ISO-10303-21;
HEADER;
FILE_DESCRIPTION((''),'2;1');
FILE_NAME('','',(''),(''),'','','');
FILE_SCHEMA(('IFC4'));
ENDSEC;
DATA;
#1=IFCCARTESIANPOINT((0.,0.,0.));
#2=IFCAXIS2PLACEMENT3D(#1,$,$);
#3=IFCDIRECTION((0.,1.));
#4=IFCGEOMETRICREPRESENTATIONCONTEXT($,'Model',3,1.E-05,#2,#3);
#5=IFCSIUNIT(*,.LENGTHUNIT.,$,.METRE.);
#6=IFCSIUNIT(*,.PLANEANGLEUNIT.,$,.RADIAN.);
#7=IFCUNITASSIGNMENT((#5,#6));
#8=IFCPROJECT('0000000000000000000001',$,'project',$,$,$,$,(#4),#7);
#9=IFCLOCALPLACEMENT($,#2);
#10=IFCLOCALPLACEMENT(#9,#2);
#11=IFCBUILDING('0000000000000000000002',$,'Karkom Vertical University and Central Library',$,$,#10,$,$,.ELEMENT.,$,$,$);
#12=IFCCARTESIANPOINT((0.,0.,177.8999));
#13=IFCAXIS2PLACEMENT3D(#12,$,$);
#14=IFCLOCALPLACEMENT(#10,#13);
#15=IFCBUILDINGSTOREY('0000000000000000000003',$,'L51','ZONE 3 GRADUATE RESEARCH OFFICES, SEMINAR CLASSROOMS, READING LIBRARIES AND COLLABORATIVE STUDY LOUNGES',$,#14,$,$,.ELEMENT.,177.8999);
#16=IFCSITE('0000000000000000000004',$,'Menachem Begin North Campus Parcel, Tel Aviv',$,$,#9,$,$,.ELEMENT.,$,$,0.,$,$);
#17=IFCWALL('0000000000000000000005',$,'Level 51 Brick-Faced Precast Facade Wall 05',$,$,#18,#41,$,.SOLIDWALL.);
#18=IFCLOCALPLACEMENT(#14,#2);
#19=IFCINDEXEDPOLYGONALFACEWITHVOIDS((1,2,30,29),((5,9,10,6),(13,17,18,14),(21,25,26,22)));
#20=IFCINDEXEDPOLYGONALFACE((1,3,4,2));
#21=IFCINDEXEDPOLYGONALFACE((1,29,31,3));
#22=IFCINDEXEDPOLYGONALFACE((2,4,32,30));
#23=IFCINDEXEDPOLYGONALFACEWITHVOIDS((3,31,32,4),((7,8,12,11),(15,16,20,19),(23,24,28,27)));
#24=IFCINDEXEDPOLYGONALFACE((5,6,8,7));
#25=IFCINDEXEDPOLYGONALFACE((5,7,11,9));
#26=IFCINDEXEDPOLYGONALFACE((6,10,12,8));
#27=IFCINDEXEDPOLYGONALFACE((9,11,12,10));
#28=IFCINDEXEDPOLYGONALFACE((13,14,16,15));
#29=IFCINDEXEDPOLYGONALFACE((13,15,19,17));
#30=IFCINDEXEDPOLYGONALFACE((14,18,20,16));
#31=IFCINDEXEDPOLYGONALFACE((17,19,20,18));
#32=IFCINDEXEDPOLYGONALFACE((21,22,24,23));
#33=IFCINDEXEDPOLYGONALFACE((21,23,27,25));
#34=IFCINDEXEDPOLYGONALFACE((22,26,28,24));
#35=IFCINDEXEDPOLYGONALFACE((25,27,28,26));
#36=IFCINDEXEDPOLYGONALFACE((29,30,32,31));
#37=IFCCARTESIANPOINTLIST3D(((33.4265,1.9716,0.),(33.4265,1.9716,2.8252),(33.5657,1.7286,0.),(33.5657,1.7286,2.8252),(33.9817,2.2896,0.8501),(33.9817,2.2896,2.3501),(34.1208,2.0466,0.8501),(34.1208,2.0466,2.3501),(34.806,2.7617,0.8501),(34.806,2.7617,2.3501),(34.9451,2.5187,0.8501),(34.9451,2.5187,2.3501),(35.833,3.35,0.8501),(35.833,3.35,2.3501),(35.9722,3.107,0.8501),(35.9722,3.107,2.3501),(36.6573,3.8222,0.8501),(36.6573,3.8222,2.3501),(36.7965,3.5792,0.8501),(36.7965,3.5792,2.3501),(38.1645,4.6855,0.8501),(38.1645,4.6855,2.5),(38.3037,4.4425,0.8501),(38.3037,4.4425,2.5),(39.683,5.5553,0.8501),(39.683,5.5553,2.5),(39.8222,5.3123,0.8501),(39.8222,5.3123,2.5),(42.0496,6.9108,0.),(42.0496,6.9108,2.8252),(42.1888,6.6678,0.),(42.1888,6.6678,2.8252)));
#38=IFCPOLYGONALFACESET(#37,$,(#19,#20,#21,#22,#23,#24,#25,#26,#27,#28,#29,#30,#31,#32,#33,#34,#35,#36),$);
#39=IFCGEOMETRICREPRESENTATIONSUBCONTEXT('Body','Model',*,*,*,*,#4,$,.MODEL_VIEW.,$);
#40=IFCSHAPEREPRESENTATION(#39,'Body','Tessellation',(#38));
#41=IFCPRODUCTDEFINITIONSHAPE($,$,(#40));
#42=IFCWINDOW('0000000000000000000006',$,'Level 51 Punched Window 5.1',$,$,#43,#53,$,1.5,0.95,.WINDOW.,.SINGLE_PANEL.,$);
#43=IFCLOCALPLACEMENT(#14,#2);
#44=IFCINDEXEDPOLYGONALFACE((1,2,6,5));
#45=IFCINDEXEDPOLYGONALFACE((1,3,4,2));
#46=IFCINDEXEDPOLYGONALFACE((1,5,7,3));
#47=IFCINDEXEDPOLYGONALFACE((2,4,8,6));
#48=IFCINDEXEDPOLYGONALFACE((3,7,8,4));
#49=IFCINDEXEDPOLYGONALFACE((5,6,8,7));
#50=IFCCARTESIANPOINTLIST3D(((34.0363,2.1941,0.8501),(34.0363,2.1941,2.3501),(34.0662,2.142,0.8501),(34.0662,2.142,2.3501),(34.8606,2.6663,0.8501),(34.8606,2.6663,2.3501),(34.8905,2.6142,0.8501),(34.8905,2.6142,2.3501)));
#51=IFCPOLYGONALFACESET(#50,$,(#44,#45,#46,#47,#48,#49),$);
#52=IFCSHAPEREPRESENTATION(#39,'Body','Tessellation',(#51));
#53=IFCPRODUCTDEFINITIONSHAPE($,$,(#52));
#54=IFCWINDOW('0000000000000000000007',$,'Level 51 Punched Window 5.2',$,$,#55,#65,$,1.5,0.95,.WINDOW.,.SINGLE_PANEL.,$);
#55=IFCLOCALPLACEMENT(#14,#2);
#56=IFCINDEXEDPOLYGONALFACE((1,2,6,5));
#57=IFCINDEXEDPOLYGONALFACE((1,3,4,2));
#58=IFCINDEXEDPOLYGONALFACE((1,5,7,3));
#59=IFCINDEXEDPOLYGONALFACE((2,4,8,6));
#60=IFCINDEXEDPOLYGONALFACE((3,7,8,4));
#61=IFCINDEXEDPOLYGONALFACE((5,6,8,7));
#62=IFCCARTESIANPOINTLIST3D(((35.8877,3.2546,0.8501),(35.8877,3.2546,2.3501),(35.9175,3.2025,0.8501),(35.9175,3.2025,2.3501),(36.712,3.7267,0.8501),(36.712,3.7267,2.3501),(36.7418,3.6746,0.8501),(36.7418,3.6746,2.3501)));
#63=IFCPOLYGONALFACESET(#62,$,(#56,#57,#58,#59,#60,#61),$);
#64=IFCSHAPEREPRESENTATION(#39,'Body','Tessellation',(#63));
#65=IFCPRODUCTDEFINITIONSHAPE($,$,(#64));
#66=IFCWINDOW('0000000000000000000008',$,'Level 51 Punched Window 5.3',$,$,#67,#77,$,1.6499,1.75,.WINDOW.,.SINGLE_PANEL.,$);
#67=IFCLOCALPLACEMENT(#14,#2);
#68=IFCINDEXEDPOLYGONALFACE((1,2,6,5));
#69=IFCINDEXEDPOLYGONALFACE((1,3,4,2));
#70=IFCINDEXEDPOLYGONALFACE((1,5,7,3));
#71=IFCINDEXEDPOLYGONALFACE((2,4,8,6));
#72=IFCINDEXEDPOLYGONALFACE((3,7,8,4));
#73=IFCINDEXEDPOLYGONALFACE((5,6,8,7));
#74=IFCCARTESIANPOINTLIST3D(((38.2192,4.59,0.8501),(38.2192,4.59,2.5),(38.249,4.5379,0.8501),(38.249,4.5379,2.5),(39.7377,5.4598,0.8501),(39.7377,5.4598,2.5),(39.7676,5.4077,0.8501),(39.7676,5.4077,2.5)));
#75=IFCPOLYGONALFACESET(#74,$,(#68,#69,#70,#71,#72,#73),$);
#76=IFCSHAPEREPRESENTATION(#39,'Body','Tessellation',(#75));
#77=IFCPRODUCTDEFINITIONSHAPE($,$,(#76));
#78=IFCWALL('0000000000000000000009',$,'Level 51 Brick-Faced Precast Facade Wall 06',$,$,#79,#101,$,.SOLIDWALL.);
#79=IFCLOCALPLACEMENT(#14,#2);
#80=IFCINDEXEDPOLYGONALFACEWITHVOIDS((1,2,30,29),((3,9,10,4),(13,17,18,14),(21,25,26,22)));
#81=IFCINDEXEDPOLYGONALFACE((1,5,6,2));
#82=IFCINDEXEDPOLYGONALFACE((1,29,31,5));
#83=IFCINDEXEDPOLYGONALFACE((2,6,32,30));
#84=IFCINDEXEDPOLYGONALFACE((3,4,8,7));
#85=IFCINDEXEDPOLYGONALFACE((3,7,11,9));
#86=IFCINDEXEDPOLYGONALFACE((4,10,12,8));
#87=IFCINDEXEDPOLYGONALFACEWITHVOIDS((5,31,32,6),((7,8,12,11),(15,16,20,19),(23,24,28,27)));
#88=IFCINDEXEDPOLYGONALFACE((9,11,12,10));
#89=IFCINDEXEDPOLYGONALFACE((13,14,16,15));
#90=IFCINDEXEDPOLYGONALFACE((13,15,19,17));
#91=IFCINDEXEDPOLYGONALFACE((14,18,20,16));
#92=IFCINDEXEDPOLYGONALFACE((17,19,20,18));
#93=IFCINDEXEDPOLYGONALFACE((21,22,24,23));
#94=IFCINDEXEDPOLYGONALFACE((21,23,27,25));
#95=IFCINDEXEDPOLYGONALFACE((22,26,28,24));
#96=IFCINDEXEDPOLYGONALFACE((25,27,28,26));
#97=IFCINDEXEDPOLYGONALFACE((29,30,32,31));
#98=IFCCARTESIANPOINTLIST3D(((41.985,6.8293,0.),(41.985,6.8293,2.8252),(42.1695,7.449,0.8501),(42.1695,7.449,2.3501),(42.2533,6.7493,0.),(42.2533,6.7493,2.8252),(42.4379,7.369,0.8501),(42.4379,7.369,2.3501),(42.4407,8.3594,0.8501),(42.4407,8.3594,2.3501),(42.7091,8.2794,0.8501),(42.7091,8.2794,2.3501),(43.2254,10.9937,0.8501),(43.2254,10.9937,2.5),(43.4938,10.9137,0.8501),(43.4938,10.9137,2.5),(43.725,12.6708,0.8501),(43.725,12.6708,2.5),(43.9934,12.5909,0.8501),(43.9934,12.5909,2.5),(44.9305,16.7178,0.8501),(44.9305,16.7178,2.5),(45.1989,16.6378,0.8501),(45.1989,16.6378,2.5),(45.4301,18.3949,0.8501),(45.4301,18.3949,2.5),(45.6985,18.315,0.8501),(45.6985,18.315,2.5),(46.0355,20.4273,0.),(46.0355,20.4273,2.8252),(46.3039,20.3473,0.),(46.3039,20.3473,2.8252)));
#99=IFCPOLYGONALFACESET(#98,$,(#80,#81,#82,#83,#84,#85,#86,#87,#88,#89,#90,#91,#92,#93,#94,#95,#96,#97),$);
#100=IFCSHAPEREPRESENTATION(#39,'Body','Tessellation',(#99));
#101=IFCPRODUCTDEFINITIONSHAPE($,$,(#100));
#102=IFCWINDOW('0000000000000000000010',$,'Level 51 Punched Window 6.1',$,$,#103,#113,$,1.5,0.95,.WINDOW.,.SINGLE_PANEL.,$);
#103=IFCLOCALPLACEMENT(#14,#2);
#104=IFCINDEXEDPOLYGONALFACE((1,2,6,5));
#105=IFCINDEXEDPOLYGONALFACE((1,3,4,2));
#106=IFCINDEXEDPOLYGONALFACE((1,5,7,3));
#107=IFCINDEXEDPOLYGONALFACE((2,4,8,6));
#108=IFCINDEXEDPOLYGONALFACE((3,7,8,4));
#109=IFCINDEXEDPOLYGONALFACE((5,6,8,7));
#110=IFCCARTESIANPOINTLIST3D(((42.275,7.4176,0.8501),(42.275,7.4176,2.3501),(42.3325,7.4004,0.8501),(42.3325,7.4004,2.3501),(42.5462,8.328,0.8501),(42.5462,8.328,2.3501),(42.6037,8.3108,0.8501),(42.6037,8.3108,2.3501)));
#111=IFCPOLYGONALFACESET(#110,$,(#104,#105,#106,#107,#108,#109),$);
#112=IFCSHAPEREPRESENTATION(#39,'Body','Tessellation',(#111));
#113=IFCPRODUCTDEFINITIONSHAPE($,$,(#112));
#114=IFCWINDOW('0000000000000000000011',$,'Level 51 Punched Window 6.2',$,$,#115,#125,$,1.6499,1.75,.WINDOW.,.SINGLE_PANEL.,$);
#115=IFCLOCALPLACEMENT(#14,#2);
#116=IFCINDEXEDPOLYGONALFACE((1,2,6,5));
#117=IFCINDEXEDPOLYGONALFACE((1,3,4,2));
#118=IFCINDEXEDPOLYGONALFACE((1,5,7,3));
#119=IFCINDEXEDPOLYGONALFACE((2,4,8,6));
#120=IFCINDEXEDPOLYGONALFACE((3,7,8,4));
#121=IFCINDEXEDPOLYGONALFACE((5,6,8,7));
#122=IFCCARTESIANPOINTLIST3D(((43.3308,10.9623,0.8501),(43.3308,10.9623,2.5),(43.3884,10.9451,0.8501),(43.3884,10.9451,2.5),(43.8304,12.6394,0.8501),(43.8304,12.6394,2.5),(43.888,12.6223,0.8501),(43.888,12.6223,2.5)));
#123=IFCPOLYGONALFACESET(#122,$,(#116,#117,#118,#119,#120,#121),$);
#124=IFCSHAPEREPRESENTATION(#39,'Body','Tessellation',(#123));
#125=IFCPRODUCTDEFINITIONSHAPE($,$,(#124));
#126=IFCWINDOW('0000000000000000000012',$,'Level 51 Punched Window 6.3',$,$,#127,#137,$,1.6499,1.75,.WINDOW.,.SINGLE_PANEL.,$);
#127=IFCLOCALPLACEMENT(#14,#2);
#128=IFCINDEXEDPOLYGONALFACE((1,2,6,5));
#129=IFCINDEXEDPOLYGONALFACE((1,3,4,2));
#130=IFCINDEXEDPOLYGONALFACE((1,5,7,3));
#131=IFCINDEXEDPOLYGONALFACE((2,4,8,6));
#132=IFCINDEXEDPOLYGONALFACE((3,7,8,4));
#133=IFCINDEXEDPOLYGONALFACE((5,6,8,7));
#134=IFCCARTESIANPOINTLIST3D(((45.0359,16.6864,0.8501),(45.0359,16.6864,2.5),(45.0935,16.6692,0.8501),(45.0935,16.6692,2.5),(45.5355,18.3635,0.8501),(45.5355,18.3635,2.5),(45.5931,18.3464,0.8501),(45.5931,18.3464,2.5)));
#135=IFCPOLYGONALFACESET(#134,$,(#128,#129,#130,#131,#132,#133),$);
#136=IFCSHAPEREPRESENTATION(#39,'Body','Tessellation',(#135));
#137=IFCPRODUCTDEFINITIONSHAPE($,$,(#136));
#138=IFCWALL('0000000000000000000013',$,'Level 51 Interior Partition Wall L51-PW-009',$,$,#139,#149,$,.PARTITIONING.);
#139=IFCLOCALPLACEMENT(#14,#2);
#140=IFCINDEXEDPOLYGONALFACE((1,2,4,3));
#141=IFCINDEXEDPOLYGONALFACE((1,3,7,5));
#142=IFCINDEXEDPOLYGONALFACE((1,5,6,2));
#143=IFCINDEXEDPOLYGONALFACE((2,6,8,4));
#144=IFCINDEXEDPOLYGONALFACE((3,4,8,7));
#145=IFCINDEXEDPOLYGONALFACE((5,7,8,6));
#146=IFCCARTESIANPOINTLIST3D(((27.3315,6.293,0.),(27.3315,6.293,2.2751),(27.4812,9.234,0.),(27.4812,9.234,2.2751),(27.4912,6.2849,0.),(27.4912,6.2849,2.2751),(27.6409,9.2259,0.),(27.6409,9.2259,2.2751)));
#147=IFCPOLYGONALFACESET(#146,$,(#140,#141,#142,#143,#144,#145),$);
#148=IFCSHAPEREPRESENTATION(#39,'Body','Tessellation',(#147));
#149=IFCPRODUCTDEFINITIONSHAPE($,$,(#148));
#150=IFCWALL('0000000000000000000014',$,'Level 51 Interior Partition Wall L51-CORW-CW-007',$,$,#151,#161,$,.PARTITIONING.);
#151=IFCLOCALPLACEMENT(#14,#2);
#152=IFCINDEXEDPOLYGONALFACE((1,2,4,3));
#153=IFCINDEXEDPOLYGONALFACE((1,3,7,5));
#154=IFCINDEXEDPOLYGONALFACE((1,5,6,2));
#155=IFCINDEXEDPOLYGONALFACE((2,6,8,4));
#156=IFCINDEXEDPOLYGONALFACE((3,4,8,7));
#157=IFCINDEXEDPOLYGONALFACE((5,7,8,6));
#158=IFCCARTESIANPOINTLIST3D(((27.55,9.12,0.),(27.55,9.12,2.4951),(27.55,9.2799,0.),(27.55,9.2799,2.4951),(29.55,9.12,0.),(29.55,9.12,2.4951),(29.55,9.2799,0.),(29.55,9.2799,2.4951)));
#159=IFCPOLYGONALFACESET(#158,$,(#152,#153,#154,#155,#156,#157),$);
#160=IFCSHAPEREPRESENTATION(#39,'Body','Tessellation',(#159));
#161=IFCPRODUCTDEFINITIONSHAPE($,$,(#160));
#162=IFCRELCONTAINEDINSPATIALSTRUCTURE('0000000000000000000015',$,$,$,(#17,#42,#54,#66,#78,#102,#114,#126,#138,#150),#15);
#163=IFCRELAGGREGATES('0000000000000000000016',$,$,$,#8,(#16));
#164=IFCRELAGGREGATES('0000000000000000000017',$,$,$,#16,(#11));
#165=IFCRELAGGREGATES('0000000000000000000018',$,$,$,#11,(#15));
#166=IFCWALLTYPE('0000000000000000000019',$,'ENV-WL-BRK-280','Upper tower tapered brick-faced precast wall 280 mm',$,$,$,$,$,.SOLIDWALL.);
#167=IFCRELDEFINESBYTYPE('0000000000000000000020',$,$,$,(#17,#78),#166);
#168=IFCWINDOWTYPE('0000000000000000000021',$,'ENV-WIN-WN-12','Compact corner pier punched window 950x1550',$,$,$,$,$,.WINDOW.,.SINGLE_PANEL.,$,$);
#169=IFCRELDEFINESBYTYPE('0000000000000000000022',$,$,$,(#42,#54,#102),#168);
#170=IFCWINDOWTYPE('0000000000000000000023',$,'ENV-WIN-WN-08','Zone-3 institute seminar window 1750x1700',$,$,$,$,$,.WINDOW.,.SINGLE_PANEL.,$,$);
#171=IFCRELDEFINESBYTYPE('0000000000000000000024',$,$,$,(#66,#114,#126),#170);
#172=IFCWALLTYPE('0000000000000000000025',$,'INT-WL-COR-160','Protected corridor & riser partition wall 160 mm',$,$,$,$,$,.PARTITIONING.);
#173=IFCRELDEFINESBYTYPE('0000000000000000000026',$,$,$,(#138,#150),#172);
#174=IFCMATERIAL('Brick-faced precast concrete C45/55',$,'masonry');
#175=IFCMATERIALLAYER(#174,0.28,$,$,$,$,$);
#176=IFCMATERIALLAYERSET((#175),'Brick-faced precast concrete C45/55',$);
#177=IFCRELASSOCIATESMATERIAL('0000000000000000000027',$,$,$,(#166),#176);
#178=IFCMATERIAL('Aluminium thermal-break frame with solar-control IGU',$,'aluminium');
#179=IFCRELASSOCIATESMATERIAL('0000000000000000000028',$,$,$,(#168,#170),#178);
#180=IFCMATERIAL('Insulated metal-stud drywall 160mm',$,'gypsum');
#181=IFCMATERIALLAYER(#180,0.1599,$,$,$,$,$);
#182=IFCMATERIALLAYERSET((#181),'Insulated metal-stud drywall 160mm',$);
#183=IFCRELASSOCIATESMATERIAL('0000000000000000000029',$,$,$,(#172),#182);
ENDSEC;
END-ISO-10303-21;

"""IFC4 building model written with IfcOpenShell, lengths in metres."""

from ifc_helpers import new_model, si_unit, direction, frame, frame_2d, origin, origin_with_axes, place, context, subcontext, project, spatial, rectangle, extrude, source, transform, mapped, material, layer, layer_set, type_object, element, fill, save


model = new_model("IFC4")

# Units and contexts
model_context = context("Model", 3, precision=1e-05, world=origin(), true_north=direction((0.0, 1.0)))
body_context = subcontext(model_context, "Body", "Model", "MODEL_VIEW")
ifc_project = project(units=[si_unit("LENGTHUNIT", "METRE"), si_unit("PLANEANGLEUNIT", "RADIAN")], contexts=[model_context])

# Site, building, storey
site_placement = place(None, origin())
site = spatial("IfcSite", under=ifc_project, at=site_placement, Name="Menachem Begin North Campus Parcel, Tel Aviv", CompositionType="ELEMENT", RefElevation=0.0)
building_placement = place(site_placement, origin())
building = spatial("IfcBuilding", under=site, at=building_placement, Name="Karkom Vertical University and Central Library", CompositionType="ELEMENT")
storey_placement = place(building_placement, frame((0.0, 0.0, 177.8999)))
storey = spatial("IfcBuildingStorey", under=building, at=storey_placement, Name="L51", Description="ZONE 3 GRADUATE RESEARCH OFFICES, SEMINAR CLASSROOMS, READING LIBRARIES AND COLLABORATIVE STUDY LOUNGES", CompositionType="ELEMENT", Elevation=177.8999)

# Walls, openings, windows
ifc_material_1 = material(Name="Brick-faced precast concrete C45/55", Category="masonry")
ifc_layer_1 = layer(ifc_material_1, 0.28)
ifc_layer_set_1 = layer_set([ifc_layer_1], Name="Brick-faced precast concrete C45/55")
wall_type_1 = type_object("IfcWallType", Name="ENV-WL-BRK-280", Description="Upper tower tapered brick-faced precast wall 280 mm", PredefinedType="SOLIDWALL", material=ifc_layer_set_1)
wall_1_placement = place(storey_placement, frame((33.4961, 1.8501, 0.0), z_axis=(0.0, 0.0, 1.0), x_axis=(0.867733, 0.49703, 0.0)))
wall_1 = element("IfcWall", 1, at=wall_1_placement, inside=storey, type_object=wall_type_1, Name="Level 51 Brick-Faced Precast Facade Wall 05", PredefinedType="SOLIDWALL", context=body_context, shape_type="SweptSolid", body=[
    extrude(rectangle(XDim=9.9375, YDim=0.28, at=frame_2d((4.9688, 0.0))), origin(), (0.0, 0.0, 1.0), 2.8252),
])
opening_1_placement = place(wall_1_placement, frame((0.6396, 0.0, 0.8501)))
opening_1 = element("IfcOpeningElement", 2, at=opening_1_placement, cuts=wall_1, PredefinedType="OPENING", context=body_context, shape_type="SweptSolid", body=[
    extrude(rectangle(XDim=0.95, YDim=1.5, at=frame_2d((0.4751, 0.75))), frame((0.0, 0.1499, 0.0), z_axis=(0.0, -1.0, 0.0), x_axis=(1.0, 0.0, 0.0)), (0.0, 0.0, 1.0), 0.3),
])
opening_2_placement = place(wall_1_placement, frame((2.7732, 0.0, 0.8501)))
opening_2 = element("IfcOpeningElement", 3, at=opening_2_placement, cuts=wall_1, PredefinedType="OPENING", context=body_context, shape_type="SweptSolid", body=[
    extrude(rectangle(XDim=0.95, YDim=1.5, at=frame_2d((0.4751, 0.75))), frame((0.0, 0.1499, 0.0), z_axis=(0.0, -1.0, 0.0), x_axis=(1.0, 0.0, 0.0)), (0.0, 0.0, 1.0), 0.3),
])
opening_3_placement = place(wall_1_placement, frame((5.4602, 0.0, 0.8501)))
opening_3 = element("IfcOpeningElement", 4, at=opening_3_placement, cuts=wall_1, PredefinedType="OPENING", context=body_context, shape_type="SweptSolid", body=[
    extrude(rectangle(XDim=1.75, YDim=1.6499, at=frame_2d((0.875, 0.825))), frame((0.0, 0.1499, 0.0), z_axis=(0.0, -1.0, 0.0), x_axis=(1.0, 0.0, 0.0)), (0.0, 0.0, 1.0), 0.3),
])
ifc_material_2 = material(Name="Aluminium thermal-break frame with solar-control IGU", Category="aluminium")
window_type_1 = type_object("IfcWindowType", Name="ENV-WIN-WN-12", Description="Compact corner pier punched window 950x1550", PartitioningType="SINGLE_PANEL", PredefinedType="WINDOW", material=ifc_material_2)
shared_shape_1 = source(origin_with_axes(), body_context, "Body", "SweptSolid", [
    extrude(rectangle(XDim=0.95, YDim=1.5, at=frame_2d((0.4751, 0.75))), frame((0.0, 0.03, 0.0), z_axis=(0.0, -1.0, 0.0), x_axis=(1.0, 0.0, 0.0)), (0.0, 0.0, 1.0), 0.0601),
])
window_1_placement = place(opening_1_placement, origin())
window_1 = element("IfcWindow", 5, at=window_1_placement, inside=storey, type_object=window_type_1, Name="Level 51 Punched Window 5.1", OverallHeight=1.5, OverallWidth=0.95, PartitioningType="SINGLE_PANEL", PredefinedType="WINDOW", context=body_context, shape_type="MappedRepresentation", body=[
    mapped(shared_shape_1, transform((0.0, 0.0, 0.0), scale=1.0)),
])
fill(opening_1, window_1)
window_2_placement = place(opening_2_placement, origin())
window_2 = element("IfcWindow", 6, at=window_2_placement, inside=storey, type_object=window_type_1, Name="Level 51 Punched Window 5.2", OverallHeight=1.5, OverallWidth=0.95, PartitioningType="SINGLE_PANEL", PredefinedType="WINDOW", context=body_context, shape_type="MappedRepresentation", body=[
    mapped(shared_shape_1, transform((0.0, 0.0, 0.0), scale=1.0)),
])
fill(opening_2, window_2)
window_type_2 = type_object("IfcWindowType", Name="ENV-WIN-WN-08", Description="Zone-3 institute seminar window 1750x1700", PartitioningType="SINGLE_PANEL", PredefinedType="WINDOW", material=ifc_material_2)
shared_shape_2 = source(origin_with_axes(), body_context, "Body", "SweptSolid", [
    extrude(rectangle(XDim=1.75, YDim=1.6499, at=frame_2d((0.875, 0.825))), frame((0.0, 0.03, 0.0), z_axis=(0.0, -1.0, 0.0), x_axis=(1.0, 0.0, 0.0)), (0.0, 0.0, 1.0), 0.0601),
])
window_3_placement = place(opening_3_placement, origin())
window_3 = element("IfcWindow", 7, at=window_3_placement, inside=storey, type_object=window_type_2, Name="Level 51 Punched Window 5.3", OverallHeight=1.6499, OverallWidth=1.75, PartitioningType="SINGLE_PANEL", PredefinedType="WINDOW", context=body_context, shape_type="MappedRepresentation", body=[
    mapped(shared_shape_2, transform((0.0, 0.0, 0.0), scale=1.0)),
])
fill(opening_3, window_3)
wall_2_placement = place(storey_placement, frame((42.1191, 6.7893, 0.0), z_axis=(0.0, 0.0, 1.0), x_axis=(0.285483, 0.958384, 0.0)))
wall_2 = element("IfcWall", 8, at=wall_2_placement, inside=storey, type_object=wall_type_1, Name="Level 51 Brick-Faced Precast Facade Wall 06", PredefinedType="SOLIDWALL", context=body_context, shape_type="SweptSolid", body=[
    extrude(rectangle(XDim=14.1885, YDim=0.28, at=frame_2d((7.0942, 0.0))), origin(), (0.0, 0.0, 1.0), 2.8252),
])
opening_4_placement = place(wall_2_placement, frame((0.6465, 0.0, 0.8501)))
opening_4 = element("IfcOpeningElement", 9, at=opening_4_placement, cuts=wall_2, PredefinedType="OPENING", context=body_context, shape_type="SweptSolid", body=[
    extrude(rectangle(XDim=0.95, YDim=1.5, at=frame_2d((0.4751, 0.75))), frame((0.0, 0.1499, 0.0), z_axis=(0.0, -1.0, 0.0), x_axis=(1.0, 0.0, 0.0)), (0.0, 0.0, 1.0), 0.3),
])
opening_5_placement = place(wall_2_placement, frame((4.3452, 0.0, 0.8501)))
opening_5 = element("IfcOpeningElement", 10, at=opening_5_placement, cuts=wall_2, PredefinedType="OPENING", context=body_context, shape_type="SweptSolid", body=[
    extrude(rectangle(XDim=1.75, YDim=1.6499, at=frame_2d((0.875, 0.825))), frame((0.0, 0.1499, 0.0), z_axis=(0.0, -1.0, 0.0), x_axis=(1.0, 0.0, 0.0)), (0.0, 0.0, 1.0), 0.3),
])
opening_6_placement = place(wall_2_placement, frame((10.3179, 0.0, 0.8501)))
opening_6 = element("IfcOpeningElement", 11, at=opening_6_placement, cuts=wall_2, PredefinedType="OPENING", context=body_context, shape_type="SweptSolid", body=[
    extrude(rectangle(XDim=1.75, YDim=1.6499, at=frame_2d((0.875, 0.825))), frame((0.0, 0.1499, 0.0), z_axis=(0.0, -1.0, 0.0), x_axis=(1.0, 0.0, 0.0)), (0.0, 0.0, 1.0), 0.3),
])
window_4_placement = place(opening_4_placement, origin())
window_4 = element("IfcWindow", 12, at=window_4_placement, inside=storey, type_object=window_type_1, Name="Level 51 Punched Window 6.1", OverallHeight=1.5, OverallWidth=0.95, PartitioningType="SINGLE_PANEL", PredefinedType="WINDOW", context=body_context, shape_type="MappedRepresentation", body=[
    mapped(shared_shape_1, transform((0.0, 0.0, 0.0), scale=1.0)),
])
fill(opening_4, window_4)
window_5_placement = place(opening_5_placement, origin())
window_5 = element("IfcWindow", 13, at=window_5_placement, inside=storey, type_object=window_type_2, Name="Level 51 Punched Window 6.2", OverallHeight=1.6499, OverallWidth=1.75, PartitioningType="SINGLE_PANEL", PredefinedType="WINDOW", context=body_context, shape_type="MappedRepresentation", body=[
    mapped(shared_shape_2, transform((0.0, 0.0, 0.0), scale=1.0)),
])
fill(opening_5, window_5)
window_6_placement = place(opening_6_placement, origin())
window_6 = element("IfcWindow", 14, at=window_6_placement, inside=storey, type_object=window_type_2, Name="Level 51 Punched Window 6.3", OverallHeight=1.6499, OverallWidth=1.75, PartitioningType="SINGLE_PANEL", PredefinedType="WINDOW", context=body_context, shape_type="MappedRepresentation", body=[
    mapped(shared_shape_2, transform((0.0, 0.0, 0.0), scale=1.0)),
])
fill(opening_6, window_6)

# Shared definitions
ifc_material_3 = material(Name="Insulated metal-stud drywall 160mm", Category="gypsum")
ifc_layer_2 = layer(ifc_material_3, 0.1599)
ifc_layer_set_2 = layer_set([ifc_layer_2], Name="Insulated metal-stud drywall 160mm")
wall_type_2 = type_object("IfcWallType", Name="INT-WL-COR-160", Description="Protected corridor & riser partition wall 160 mm", PredefinedType="PARTITIONING", material=ifc_layer_set_2)

# Walls
wall_3_placement = place(storey_placement, frame((27.561, 9.23, 0.0), z_axis=(0.0, 0.0, 1.0), x_axis=(-0.050822, -0.998708, 0.0)))
element("IfcWall", 15, at=wall_3_placement, inside=storey, type_object=wall_type_2, Name="Level 51 Interior Partition Wall L51-PW-009", PredefinedType="PARTITIONING", context=body_context, shape_type="SweptSolid", body=[
    extrude(rectangle(XDim=2.9448, YDim=0.1599, at=frame_2d((1.4724, 0.0))), origin(), (0.0, 0.0, 1.0), 2.2751),
])
wall_4_placement = place(storey_placement, frame((29.55, 9.2, 0.0), z_axis=(0.0, 0.0, 1.0), x_axis=(-1.0, 0.0, 0.0)))
element("IfcWall", 16, at=wall_4_placement, inside=storey, type_object=wall_type_2, Name="Level 51 Interior Partition Wall L51-CORW-CW-007", PredefinedType="PARTITIONING", context=body_context, shape_type="SweptSolid", body=[
    extrude(rectangle(XDim=2.0, YDim=0.1599, at=frame_2d((1.0, 0.0))), origin(), (0.0, 0.0, 1.0), 2.4951),
])

save(model, "model.ifc")
